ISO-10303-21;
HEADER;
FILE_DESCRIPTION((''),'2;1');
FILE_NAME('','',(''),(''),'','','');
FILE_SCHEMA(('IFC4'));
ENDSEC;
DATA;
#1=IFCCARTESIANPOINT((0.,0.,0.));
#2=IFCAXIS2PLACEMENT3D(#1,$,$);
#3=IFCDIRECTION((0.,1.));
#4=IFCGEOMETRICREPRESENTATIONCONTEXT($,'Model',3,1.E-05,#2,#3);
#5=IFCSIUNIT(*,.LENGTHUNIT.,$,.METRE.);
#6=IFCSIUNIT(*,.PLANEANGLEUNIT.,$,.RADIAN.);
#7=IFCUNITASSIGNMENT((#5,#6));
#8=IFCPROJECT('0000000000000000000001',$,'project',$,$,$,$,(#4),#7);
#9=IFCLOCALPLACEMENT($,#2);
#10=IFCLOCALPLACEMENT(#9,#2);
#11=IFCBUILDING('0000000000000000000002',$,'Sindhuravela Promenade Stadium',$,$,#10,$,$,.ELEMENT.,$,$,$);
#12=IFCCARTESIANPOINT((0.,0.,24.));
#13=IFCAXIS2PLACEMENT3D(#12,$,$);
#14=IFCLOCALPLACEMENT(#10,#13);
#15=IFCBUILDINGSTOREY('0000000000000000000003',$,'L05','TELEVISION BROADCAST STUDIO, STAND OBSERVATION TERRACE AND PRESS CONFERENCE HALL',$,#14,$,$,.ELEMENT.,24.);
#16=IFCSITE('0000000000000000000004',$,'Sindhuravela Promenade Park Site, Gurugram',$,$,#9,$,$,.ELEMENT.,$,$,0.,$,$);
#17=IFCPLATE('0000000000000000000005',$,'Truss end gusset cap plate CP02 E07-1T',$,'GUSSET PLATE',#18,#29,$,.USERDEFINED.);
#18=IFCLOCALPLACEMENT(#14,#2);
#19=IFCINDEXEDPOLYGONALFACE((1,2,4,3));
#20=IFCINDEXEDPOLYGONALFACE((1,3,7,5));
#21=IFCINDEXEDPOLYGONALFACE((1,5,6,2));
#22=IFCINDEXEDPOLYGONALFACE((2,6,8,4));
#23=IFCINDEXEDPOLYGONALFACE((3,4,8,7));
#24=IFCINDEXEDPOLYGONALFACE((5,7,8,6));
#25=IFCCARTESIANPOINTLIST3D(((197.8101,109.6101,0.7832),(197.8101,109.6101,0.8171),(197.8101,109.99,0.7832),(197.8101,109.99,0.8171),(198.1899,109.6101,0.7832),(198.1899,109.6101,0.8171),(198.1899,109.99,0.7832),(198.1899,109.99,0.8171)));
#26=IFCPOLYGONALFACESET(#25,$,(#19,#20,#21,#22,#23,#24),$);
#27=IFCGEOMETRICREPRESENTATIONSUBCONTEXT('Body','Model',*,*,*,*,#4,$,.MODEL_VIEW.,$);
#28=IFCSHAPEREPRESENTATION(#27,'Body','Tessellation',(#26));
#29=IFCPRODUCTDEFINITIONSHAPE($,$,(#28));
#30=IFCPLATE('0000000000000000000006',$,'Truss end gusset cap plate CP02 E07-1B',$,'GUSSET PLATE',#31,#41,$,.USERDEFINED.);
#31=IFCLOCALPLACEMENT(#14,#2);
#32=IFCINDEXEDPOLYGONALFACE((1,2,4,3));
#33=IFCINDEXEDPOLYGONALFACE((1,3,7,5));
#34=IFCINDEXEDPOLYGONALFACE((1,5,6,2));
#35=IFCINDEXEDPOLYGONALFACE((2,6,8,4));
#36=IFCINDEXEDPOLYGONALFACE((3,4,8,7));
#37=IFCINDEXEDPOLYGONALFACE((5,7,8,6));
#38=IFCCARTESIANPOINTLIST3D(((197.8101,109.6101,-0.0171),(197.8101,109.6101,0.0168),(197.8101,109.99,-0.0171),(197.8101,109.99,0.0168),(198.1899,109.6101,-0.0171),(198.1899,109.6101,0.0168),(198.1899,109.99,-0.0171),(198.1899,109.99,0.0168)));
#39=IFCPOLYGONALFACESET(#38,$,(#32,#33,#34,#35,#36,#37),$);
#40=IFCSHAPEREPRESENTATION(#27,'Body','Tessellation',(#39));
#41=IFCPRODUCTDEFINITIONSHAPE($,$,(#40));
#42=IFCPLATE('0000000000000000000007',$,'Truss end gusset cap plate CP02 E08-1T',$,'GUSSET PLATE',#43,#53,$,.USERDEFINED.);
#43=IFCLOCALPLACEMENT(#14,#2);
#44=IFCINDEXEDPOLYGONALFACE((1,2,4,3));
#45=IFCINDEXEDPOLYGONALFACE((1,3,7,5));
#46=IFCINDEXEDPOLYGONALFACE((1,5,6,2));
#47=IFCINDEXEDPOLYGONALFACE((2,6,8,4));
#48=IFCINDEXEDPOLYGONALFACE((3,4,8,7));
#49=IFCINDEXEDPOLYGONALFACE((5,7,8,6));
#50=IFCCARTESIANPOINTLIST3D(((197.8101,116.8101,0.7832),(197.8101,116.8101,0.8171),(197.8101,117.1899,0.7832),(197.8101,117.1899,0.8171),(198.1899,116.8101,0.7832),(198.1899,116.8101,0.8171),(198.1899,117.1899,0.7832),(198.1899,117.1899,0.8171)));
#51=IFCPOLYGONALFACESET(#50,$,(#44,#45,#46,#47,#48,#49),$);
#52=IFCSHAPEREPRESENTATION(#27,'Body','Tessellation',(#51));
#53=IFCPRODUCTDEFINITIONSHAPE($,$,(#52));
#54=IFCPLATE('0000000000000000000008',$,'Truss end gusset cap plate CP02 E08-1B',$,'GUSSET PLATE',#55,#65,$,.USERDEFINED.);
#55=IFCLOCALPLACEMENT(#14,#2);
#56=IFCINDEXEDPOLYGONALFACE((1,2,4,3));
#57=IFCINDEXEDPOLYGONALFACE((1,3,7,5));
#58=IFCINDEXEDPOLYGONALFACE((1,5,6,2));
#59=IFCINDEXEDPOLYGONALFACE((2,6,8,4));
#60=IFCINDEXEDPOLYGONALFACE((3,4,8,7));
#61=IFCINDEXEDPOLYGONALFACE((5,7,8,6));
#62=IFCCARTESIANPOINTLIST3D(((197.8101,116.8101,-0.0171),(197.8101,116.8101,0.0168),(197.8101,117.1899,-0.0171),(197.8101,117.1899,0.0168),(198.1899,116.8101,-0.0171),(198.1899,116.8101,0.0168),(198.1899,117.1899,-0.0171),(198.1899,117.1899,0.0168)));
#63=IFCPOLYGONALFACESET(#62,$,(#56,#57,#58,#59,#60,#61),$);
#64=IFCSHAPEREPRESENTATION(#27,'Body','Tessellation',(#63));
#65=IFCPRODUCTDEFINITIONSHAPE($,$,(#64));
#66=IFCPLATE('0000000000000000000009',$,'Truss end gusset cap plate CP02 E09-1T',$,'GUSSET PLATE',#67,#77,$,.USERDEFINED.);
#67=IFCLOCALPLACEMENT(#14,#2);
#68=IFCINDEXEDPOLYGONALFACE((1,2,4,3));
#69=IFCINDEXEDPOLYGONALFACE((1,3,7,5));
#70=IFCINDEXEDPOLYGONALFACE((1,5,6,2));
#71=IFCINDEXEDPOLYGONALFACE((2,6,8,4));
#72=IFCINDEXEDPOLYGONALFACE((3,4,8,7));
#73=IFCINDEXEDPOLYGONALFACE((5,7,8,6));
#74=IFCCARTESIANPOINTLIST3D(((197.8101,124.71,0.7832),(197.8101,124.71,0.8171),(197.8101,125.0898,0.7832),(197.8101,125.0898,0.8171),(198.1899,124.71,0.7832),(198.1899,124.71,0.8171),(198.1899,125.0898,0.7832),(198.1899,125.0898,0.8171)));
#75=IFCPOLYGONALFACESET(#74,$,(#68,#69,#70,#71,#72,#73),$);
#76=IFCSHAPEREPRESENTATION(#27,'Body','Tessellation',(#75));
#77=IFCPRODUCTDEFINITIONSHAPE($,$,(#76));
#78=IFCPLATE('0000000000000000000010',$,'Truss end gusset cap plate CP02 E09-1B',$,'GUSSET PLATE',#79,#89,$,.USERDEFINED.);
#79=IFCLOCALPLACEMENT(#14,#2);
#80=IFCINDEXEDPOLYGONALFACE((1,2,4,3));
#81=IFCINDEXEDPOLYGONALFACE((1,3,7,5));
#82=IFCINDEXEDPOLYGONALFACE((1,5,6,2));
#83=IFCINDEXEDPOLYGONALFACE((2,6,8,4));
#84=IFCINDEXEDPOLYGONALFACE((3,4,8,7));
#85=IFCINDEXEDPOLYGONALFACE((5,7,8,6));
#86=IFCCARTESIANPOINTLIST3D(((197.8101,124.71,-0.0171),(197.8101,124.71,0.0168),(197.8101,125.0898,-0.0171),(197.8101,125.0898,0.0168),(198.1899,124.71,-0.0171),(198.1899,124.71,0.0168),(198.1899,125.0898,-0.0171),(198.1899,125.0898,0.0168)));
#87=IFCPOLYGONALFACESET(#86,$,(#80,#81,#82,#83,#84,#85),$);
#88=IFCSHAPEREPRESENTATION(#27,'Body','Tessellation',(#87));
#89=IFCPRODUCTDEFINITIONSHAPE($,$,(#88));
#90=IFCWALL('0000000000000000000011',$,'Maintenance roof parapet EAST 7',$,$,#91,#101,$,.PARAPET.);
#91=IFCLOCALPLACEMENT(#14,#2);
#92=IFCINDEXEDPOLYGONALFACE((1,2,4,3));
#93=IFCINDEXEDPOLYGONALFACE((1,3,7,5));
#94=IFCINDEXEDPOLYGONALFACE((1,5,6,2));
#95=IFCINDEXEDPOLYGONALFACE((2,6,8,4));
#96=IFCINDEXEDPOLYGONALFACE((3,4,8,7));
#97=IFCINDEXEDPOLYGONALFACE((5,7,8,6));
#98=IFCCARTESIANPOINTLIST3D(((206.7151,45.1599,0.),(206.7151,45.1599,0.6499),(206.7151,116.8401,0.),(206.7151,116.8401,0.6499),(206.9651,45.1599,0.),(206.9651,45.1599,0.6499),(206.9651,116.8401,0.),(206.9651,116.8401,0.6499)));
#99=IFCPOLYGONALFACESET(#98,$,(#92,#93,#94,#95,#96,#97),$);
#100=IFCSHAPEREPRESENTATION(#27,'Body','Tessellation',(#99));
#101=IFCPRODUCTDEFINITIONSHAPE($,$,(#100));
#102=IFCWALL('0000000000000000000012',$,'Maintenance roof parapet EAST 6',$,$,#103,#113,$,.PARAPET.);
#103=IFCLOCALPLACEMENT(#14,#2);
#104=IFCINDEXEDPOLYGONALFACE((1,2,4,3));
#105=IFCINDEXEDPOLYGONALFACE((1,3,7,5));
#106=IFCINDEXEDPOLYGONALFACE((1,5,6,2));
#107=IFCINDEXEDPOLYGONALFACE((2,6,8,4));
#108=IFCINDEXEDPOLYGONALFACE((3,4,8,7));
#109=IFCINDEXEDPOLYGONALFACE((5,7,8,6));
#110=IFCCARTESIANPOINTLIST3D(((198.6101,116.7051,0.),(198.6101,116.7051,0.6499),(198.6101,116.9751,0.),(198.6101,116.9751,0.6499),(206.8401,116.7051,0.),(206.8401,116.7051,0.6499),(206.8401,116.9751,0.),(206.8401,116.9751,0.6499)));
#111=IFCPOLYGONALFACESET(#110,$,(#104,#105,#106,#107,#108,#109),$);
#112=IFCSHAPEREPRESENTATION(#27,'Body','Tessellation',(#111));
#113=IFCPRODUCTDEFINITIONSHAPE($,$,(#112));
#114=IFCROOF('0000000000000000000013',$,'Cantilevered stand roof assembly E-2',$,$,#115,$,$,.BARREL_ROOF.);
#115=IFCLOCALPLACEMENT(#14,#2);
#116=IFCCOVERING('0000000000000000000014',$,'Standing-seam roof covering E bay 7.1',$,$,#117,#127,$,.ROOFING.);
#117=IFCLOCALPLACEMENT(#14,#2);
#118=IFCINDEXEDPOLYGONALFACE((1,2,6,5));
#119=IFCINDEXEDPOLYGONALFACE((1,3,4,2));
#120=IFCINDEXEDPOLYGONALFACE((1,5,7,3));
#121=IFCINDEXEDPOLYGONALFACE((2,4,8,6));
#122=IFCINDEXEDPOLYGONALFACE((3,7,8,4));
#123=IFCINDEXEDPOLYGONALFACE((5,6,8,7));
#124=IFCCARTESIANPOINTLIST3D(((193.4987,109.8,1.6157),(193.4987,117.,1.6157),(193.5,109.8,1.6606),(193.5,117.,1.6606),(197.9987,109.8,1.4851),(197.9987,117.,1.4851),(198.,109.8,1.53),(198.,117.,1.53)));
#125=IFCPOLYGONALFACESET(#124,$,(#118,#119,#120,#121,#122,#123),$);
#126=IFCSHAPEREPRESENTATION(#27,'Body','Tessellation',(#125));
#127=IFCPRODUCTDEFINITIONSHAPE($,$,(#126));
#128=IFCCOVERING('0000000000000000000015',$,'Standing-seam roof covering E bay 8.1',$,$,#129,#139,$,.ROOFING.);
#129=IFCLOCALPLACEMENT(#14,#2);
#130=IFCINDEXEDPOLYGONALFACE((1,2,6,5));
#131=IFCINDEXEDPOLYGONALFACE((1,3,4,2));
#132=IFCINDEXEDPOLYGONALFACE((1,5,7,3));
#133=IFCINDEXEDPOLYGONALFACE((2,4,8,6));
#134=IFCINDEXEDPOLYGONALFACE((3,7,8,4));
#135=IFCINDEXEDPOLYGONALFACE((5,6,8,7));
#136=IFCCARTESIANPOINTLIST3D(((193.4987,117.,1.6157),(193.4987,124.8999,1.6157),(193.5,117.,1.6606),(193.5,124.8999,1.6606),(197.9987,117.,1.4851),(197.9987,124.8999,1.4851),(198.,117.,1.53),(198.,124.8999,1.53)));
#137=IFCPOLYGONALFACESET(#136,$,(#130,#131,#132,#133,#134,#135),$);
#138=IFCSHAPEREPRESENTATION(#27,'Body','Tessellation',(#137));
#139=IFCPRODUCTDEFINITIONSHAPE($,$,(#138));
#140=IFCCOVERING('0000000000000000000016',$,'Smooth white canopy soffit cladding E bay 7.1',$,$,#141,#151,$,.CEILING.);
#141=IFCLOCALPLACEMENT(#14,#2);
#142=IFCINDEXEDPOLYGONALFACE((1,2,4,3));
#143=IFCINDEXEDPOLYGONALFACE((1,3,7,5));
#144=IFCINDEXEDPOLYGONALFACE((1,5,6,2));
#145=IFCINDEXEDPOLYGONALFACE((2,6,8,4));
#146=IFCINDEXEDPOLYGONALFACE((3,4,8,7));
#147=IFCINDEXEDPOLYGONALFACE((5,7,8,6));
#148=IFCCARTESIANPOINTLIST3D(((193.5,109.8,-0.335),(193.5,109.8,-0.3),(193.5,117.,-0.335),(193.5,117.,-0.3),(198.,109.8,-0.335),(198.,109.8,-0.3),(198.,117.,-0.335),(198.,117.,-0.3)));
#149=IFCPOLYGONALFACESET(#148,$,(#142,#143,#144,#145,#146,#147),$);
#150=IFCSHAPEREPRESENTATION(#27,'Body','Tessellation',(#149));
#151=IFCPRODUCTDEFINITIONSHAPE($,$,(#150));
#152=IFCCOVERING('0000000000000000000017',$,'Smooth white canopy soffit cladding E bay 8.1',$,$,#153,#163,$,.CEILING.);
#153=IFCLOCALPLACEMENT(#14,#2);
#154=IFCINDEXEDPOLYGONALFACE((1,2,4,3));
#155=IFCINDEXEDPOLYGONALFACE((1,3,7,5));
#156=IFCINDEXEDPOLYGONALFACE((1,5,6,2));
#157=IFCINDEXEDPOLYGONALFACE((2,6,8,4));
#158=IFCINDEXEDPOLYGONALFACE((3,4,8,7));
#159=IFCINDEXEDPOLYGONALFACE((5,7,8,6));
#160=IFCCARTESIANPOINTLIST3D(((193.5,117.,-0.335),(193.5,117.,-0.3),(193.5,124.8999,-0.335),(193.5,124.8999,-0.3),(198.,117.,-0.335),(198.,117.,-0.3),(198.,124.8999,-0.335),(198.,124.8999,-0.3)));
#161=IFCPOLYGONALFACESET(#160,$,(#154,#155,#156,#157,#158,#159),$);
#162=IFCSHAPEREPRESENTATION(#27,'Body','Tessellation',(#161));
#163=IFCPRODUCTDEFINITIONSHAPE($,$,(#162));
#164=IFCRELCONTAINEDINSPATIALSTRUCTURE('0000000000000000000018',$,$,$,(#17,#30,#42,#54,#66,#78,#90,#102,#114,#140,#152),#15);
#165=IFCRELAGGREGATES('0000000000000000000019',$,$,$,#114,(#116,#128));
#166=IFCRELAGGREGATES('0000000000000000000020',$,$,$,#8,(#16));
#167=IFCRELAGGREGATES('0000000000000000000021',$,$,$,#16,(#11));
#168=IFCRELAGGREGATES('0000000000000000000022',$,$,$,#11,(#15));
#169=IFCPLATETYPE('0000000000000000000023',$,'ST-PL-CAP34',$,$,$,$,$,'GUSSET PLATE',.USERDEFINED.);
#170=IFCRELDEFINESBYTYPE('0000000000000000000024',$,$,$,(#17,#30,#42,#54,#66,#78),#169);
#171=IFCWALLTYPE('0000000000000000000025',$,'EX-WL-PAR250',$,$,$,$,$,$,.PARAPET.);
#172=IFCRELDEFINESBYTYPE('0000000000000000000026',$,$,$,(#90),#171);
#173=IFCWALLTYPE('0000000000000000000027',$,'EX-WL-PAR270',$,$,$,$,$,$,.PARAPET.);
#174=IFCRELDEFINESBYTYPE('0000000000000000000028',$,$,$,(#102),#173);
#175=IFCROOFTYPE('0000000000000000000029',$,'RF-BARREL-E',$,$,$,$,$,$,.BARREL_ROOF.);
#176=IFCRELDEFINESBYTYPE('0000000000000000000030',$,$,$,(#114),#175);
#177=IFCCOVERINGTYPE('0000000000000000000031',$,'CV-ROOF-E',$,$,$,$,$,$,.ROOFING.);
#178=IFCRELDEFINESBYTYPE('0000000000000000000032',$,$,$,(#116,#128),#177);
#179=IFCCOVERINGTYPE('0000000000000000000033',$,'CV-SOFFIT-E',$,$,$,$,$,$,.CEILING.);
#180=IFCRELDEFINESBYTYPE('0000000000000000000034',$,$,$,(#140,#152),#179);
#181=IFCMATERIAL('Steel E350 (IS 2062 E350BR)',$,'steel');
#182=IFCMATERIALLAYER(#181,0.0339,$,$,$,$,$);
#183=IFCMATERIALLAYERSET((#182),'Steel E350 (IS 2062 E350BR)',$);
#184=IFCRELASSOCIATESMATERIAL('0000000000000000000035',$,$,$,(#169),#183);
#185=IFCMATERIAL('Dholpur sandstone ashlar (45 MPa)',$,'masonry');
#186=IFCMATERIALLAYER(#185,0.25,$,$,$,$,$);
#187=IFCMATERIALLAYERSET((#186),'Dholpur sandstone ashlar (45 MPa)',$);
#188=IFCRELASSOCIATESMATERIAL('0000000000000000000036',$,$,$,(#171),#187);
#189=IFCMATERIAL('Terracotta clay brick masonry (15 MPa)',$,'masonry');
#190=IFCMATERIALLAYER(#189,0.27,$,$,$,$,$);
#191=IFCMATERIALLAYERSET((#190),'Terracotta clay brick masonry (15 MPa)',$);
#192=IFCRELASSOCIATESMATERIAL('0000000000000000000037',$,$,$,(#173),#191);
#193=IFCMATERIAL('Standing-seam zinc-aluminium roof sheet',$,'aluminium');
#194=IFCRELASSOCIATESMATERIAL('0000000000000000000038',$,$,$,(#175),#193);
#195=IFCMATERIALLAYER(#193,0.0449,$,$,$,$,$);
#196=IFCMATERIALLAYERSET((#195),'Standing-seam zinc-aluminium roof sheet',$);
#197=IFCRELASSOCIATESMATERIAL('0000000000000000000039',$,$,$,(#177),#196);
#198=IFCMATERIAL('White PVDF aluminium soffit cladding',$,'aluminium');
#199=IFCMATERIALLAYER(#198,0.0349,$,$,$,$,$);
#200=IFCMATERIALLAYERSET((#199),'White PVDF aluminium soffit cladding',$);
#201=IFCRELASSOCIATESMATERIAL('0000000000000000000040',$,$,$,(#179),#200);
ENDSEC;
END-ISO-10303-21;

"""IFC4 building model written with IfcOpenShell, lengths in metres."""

from ifc_helpers import new_model, si_unit, direction, frame, frame_2d, origin, origin_2d, place, context, subcontext, project, spatial, polyline, rectangle, outline, extrude, material, layer, layer_set, type_object, element, aggregate, save


model = new_model("IFC4")

# Units and contexts
model_context = context("Model", 3, precision=1e-05, world=origin(), true_north=direction((0.0, 1.0)))
body_context = subcontext(model_context, "Body", "Model", "MODEL_VIEW")
ifc_project = project(units=[si_unit("LENGTHUNIT", "METRE"), si_unit("PLANEANGLEUNIT", "RADIAN")], contexts=[model_context])

# Site, building, storey
site_placement = place(None, origin())
site = spatial("IfcSite", under=ifc_project, at=site_placement, Name="Sindhuravela Promenade Park Site, Gurugram", CompositionType="ELEMENT", RefElevation=0.0)
building_placement = place(site_placement, origin())
building = spatial("IfcBuilding", under=site, at=building_placement, Name="Sindhuravela Promenade Stadium", CompositionType="ELEMENT")
storey_placement = place(building_placement, frame((0.0, 0.0, 24.0)))
storey = spatial("IfcBuildingStorey", under=building, at=storey_placement, Name="L05", Description="TELEVISION BROADCAST STUDIO, STAND OBSERVATION TERRACE AND PRESS CONFERENCE HALL", CompositionType="ELEMENT", Elevation=24.0)

# Shared definitions
ifc_material_1 = material(Name="Steel E350 (IS 2062 E350BR)", Category="steel")

# Plates
ifc_layer_1 = layer(ifc_material_1, 0.0339)
ifc_layer_set_1 = layer_set([ifc_layer_1], Name="Steel E350 (IS 2062 E350BR)")
plate_type_1 = type_object("IfcPlateType", Name="ST-PL-CAP34", ElementType="GUSSET PLATE", PredefinedType="USERDEFINED", material=ifc_layer_set_1)
for number, where, z_axis, x_axis, name in (
    (1, (198.0, 109.8, 0.7832), (0.0, 0.0, 1.0), (1.0, 0.0, 0.0), "Truss end gusset cap plate CP02 E07-1T"),
    (2, (198.0, 109.8, -0.0171), (0.0, 0.0, 1.0), (1.0, 0.0, 0.0), "Truss end gusset cap plate CP02 E07-1B"),
    (3, (198.0, 117.0, 0.7832), (0.0, 0.0, 1.0), (1.0, 0.0, 0.0), "Truss end gusset cap plate CP02 E08-1T"),
    (4, (198.0, 117.0, -0.0171), (0.0, 0.0, 1.0), (1.0, 0.0, 0.0), "Truss end gusset cap plate CP02 E08-1B"),
    (5, (198.0, 124.8999, 0.7832), (0.0, 0.0, 1.0), (1.0, 0.0, 0.0), "Truss end gusset cap plate CP02 E09-1T"),
    (6, (198.0, 124.8999, -0.0171), (0.0, 0.0, 1.0), (1.0, 0.0, 0.0), "Truss end gusset cap plate CP02 E09-1B"),
):
    element("IfcPlate", number, at=place(storey_placement, frame(where, z_axis=z_axis, x_axis=x_axis)), inside=storey, type_object=plate_type_1, Name=name, ObjectType="GUSSET PLATE", PredefinedType="USERDEFINED", context=body_context, shape_type="SweptSolid", body=[
        extrude(rectangle(XDim=0.3799, YDim=0.3799, at=origin_2d()), origin(), (0.0, 0.0, 1.0), 0.0339),
    ])

# Walls
ifc_material_2 = material(Name="Dholpur sandstone ashlar (45 MPa)", Category="masonry")
ifc_layer_2 = layer(ifc_material_2, 0.25)
ifc_layer_set_2 = layer_set([ifc_layer_2], Name="Dholpur sandstone ashlar (45 MPa)")
wall_type_1 = type_object("IfcWallType", Name="EX-WL-PAR250", PredefinedType="PARAPET", material=ifc_layer_set_2)
wall_1_placement = place(storey_placement, frame((206.8401, 116.8401, 0.0), z_axis=(0.0, 0.0, 1.0), x_axis=(0.0, -1.0, 0.0)))
element("IfcWall", 7, at=wall_1_placement, inside=storey, type_object=wall_type_1, Name="Maintenance roof parapet EAST 7", PredefinedType="PARAPET", context=body_context, shape_type="SweptSolid", body=[
    extrude(rectangle(XDim=71.6802, YDim=0.25, at=frame_2d((35.8401, 0.0))), origin(), (0.0, 0.0, 1.0), 0.6499),
])
ifc_material_3 = material(Name="Terracotta clay brick masonry (15 MPa)", Category="masonry")
ifc_layer_3 = layer(ifc_material_3, 0.27)
ifc_layer_set_3 = layer_set([ifc_layer_3], Name="Terracotta clay brick masonry (15 MPa)")
wall_type_2 = type_object("IfcWallType", Name="EX-WL-PAR270", PredefinedType="PARAPET", material=ifc_layer_set_3)
wall_2_placement = place(storey_placement, frame((198.6101, 116.8401, 0.0), z_axis=(0.0, 0.0, 1.0), x_axis=(1.0, 0.0, 0.0)))
element("IfcWall", 8, at=wall_2_placement, inside=storey, type_object=wall_type_2, Name="Maintenance roof parapet EAST 6", PredefinedType="PARAPET", context=body_context, shape_type="SweptSolid", body=[
    extrude(rectangle(XDim=8.23, YDim=0.27, at=frame_2d((4.115, 0.0))), origin(), (0.0, 0.0, 1.0), 0.6499),
])

# Roof, coverings
ifc_material_4 = material(Name="Standing-seam zinc-aluminium roof sheet", Category="aluminium")
roof_type = type_object("IfcRoofType", Name="RF-BARREL-E", PredefinedType="BARREL_ROOF", material=ifc_material_4)
roof_placement = place(storey_placement, origin())
roof = element("IfcRoof", 9, at=roof_placement, inside=storey, type_object=roof_type, Name="Cantilevered stand roof assembly E-2", PredefinedType="BARREL_ROOF")
ifc_layer_4 = layer(ifc_material_4, 0.0449)
ifc_layer_set_4 = layer_set([ifc_layer_4], Name="Standing-seam zinc-aluminium roof sheet")
covering_type_1 = type_object("IfcCoveringType", Name="CV-ROOF-E", PredefinedType="ROOFING", material=ifc_layer_set_4)
covering_1_placement = place(storey_placement, frame((198.0, 109.8, 1.53), z_axis=(0.029013, 0.0, 0.999579), x_axis=(0.0, 1.0, 0.0)))
covering_1 = element("IfcCovering", 10, at=covering_1_placement, type_object=covering_type_1, Name="Standing-seam roof covering E bay 7.1", PredefinedType="ROOFING", context=body_context, shape_type="SweptSolid", body=[
    extrude(outline(polyline([(0.0, 0.0), (7.2, 0.0), (7.2, 4.5019), (0.0, 4.5019), (0.0, 0.0)])), origin(), (0.0, 0.0, -1.0), 0.0449),
])
covering_2_placement = place(storey_placement, frame((198.0, 117.0, 1.53), z_axis=(0.029013, 0.0, 0.999579), x_axis=(0.0, 1.0, 0.0)))
covering_2 = element("IfcCovering", 11, at=covering_2_placement, type_object=covering_type_1, Name="Standing-seam roof covering E bay 8.1", PredefinedType="ROOFING", context=body_context, shape_type="SweptSolid", body=[
    extrude(outline(polyline([(0.0, 0.0), (7.8999, 0.0), (7.8999, 4.5019), (0.0, 4.5019), (0.0, 0.0)])), origin(), (0.0, 0.0, -1.0), 0.0449),
])
aggregate(roof, [covering_1, covering_2])

# Coverings
ifc_material_5 = material(Name="White PVDF aluminium soffit cladding", Category="aluminium")
ifc_layer_5 = layer(ifc_material_5, 0.0349)
ifc_layer_set_5 = layer_set([ifc_layer_5], Name="White PVDF aluminium soffit cladding")
covering_type_2 = type_object("IfcCoveringType", Name="CV-SOFFIT-E", PredefinedType="CEILING", material=ifc_layer_set_5)
covering_3_placement = place(storey_placement, frame((198.0, 109.8, -0.3), z_axis=(0.0, 0.0, 1.0), x_axis=(0.0, 1.0, 0.0)))
element("IfcCovering", 12, at=covering_3_placement, inside=storey, type_object=covering_type_2, Name="Smooth white canopy soffit cladding E bay 7.1", PredefinedType="CEILING", context=body_context, shape_type="SweptSolid", body=[
    extrude(outline(polyline([(0.0, 0.0), (7.2, 0.0), (7.2, 4.5), (0.0, 4.5), (0.0, 0.0)])), origin(), (0.0, 0.0, -1.0), 0.0349),
])
covering_4_placement = place(storey_placement, frame((198.0, 117.0, -0.3), z_axis=(0.0, 0.0, 1.0), x_axis=(0.0, 1.0, 0.0)))
element("IfcCovering", 13, at=covering_4_placement, inside=storey, type_object=covering_type_2, Name="Smooth white canopy soffit cladding E bay 8.1", PredefinedType="CEILING", context=body_context, shape_type="SweptSolid", body=[
    extrude(outline(polyline([(0.0, 0.0), (7.8999, 0.0), (7.8999, 4.5), (0.0, 4.5), (0.0, 0.0)])), origin(), (0.0, 0.0, -1.0), 0.0349),
])

save(model, "model.ifc")
